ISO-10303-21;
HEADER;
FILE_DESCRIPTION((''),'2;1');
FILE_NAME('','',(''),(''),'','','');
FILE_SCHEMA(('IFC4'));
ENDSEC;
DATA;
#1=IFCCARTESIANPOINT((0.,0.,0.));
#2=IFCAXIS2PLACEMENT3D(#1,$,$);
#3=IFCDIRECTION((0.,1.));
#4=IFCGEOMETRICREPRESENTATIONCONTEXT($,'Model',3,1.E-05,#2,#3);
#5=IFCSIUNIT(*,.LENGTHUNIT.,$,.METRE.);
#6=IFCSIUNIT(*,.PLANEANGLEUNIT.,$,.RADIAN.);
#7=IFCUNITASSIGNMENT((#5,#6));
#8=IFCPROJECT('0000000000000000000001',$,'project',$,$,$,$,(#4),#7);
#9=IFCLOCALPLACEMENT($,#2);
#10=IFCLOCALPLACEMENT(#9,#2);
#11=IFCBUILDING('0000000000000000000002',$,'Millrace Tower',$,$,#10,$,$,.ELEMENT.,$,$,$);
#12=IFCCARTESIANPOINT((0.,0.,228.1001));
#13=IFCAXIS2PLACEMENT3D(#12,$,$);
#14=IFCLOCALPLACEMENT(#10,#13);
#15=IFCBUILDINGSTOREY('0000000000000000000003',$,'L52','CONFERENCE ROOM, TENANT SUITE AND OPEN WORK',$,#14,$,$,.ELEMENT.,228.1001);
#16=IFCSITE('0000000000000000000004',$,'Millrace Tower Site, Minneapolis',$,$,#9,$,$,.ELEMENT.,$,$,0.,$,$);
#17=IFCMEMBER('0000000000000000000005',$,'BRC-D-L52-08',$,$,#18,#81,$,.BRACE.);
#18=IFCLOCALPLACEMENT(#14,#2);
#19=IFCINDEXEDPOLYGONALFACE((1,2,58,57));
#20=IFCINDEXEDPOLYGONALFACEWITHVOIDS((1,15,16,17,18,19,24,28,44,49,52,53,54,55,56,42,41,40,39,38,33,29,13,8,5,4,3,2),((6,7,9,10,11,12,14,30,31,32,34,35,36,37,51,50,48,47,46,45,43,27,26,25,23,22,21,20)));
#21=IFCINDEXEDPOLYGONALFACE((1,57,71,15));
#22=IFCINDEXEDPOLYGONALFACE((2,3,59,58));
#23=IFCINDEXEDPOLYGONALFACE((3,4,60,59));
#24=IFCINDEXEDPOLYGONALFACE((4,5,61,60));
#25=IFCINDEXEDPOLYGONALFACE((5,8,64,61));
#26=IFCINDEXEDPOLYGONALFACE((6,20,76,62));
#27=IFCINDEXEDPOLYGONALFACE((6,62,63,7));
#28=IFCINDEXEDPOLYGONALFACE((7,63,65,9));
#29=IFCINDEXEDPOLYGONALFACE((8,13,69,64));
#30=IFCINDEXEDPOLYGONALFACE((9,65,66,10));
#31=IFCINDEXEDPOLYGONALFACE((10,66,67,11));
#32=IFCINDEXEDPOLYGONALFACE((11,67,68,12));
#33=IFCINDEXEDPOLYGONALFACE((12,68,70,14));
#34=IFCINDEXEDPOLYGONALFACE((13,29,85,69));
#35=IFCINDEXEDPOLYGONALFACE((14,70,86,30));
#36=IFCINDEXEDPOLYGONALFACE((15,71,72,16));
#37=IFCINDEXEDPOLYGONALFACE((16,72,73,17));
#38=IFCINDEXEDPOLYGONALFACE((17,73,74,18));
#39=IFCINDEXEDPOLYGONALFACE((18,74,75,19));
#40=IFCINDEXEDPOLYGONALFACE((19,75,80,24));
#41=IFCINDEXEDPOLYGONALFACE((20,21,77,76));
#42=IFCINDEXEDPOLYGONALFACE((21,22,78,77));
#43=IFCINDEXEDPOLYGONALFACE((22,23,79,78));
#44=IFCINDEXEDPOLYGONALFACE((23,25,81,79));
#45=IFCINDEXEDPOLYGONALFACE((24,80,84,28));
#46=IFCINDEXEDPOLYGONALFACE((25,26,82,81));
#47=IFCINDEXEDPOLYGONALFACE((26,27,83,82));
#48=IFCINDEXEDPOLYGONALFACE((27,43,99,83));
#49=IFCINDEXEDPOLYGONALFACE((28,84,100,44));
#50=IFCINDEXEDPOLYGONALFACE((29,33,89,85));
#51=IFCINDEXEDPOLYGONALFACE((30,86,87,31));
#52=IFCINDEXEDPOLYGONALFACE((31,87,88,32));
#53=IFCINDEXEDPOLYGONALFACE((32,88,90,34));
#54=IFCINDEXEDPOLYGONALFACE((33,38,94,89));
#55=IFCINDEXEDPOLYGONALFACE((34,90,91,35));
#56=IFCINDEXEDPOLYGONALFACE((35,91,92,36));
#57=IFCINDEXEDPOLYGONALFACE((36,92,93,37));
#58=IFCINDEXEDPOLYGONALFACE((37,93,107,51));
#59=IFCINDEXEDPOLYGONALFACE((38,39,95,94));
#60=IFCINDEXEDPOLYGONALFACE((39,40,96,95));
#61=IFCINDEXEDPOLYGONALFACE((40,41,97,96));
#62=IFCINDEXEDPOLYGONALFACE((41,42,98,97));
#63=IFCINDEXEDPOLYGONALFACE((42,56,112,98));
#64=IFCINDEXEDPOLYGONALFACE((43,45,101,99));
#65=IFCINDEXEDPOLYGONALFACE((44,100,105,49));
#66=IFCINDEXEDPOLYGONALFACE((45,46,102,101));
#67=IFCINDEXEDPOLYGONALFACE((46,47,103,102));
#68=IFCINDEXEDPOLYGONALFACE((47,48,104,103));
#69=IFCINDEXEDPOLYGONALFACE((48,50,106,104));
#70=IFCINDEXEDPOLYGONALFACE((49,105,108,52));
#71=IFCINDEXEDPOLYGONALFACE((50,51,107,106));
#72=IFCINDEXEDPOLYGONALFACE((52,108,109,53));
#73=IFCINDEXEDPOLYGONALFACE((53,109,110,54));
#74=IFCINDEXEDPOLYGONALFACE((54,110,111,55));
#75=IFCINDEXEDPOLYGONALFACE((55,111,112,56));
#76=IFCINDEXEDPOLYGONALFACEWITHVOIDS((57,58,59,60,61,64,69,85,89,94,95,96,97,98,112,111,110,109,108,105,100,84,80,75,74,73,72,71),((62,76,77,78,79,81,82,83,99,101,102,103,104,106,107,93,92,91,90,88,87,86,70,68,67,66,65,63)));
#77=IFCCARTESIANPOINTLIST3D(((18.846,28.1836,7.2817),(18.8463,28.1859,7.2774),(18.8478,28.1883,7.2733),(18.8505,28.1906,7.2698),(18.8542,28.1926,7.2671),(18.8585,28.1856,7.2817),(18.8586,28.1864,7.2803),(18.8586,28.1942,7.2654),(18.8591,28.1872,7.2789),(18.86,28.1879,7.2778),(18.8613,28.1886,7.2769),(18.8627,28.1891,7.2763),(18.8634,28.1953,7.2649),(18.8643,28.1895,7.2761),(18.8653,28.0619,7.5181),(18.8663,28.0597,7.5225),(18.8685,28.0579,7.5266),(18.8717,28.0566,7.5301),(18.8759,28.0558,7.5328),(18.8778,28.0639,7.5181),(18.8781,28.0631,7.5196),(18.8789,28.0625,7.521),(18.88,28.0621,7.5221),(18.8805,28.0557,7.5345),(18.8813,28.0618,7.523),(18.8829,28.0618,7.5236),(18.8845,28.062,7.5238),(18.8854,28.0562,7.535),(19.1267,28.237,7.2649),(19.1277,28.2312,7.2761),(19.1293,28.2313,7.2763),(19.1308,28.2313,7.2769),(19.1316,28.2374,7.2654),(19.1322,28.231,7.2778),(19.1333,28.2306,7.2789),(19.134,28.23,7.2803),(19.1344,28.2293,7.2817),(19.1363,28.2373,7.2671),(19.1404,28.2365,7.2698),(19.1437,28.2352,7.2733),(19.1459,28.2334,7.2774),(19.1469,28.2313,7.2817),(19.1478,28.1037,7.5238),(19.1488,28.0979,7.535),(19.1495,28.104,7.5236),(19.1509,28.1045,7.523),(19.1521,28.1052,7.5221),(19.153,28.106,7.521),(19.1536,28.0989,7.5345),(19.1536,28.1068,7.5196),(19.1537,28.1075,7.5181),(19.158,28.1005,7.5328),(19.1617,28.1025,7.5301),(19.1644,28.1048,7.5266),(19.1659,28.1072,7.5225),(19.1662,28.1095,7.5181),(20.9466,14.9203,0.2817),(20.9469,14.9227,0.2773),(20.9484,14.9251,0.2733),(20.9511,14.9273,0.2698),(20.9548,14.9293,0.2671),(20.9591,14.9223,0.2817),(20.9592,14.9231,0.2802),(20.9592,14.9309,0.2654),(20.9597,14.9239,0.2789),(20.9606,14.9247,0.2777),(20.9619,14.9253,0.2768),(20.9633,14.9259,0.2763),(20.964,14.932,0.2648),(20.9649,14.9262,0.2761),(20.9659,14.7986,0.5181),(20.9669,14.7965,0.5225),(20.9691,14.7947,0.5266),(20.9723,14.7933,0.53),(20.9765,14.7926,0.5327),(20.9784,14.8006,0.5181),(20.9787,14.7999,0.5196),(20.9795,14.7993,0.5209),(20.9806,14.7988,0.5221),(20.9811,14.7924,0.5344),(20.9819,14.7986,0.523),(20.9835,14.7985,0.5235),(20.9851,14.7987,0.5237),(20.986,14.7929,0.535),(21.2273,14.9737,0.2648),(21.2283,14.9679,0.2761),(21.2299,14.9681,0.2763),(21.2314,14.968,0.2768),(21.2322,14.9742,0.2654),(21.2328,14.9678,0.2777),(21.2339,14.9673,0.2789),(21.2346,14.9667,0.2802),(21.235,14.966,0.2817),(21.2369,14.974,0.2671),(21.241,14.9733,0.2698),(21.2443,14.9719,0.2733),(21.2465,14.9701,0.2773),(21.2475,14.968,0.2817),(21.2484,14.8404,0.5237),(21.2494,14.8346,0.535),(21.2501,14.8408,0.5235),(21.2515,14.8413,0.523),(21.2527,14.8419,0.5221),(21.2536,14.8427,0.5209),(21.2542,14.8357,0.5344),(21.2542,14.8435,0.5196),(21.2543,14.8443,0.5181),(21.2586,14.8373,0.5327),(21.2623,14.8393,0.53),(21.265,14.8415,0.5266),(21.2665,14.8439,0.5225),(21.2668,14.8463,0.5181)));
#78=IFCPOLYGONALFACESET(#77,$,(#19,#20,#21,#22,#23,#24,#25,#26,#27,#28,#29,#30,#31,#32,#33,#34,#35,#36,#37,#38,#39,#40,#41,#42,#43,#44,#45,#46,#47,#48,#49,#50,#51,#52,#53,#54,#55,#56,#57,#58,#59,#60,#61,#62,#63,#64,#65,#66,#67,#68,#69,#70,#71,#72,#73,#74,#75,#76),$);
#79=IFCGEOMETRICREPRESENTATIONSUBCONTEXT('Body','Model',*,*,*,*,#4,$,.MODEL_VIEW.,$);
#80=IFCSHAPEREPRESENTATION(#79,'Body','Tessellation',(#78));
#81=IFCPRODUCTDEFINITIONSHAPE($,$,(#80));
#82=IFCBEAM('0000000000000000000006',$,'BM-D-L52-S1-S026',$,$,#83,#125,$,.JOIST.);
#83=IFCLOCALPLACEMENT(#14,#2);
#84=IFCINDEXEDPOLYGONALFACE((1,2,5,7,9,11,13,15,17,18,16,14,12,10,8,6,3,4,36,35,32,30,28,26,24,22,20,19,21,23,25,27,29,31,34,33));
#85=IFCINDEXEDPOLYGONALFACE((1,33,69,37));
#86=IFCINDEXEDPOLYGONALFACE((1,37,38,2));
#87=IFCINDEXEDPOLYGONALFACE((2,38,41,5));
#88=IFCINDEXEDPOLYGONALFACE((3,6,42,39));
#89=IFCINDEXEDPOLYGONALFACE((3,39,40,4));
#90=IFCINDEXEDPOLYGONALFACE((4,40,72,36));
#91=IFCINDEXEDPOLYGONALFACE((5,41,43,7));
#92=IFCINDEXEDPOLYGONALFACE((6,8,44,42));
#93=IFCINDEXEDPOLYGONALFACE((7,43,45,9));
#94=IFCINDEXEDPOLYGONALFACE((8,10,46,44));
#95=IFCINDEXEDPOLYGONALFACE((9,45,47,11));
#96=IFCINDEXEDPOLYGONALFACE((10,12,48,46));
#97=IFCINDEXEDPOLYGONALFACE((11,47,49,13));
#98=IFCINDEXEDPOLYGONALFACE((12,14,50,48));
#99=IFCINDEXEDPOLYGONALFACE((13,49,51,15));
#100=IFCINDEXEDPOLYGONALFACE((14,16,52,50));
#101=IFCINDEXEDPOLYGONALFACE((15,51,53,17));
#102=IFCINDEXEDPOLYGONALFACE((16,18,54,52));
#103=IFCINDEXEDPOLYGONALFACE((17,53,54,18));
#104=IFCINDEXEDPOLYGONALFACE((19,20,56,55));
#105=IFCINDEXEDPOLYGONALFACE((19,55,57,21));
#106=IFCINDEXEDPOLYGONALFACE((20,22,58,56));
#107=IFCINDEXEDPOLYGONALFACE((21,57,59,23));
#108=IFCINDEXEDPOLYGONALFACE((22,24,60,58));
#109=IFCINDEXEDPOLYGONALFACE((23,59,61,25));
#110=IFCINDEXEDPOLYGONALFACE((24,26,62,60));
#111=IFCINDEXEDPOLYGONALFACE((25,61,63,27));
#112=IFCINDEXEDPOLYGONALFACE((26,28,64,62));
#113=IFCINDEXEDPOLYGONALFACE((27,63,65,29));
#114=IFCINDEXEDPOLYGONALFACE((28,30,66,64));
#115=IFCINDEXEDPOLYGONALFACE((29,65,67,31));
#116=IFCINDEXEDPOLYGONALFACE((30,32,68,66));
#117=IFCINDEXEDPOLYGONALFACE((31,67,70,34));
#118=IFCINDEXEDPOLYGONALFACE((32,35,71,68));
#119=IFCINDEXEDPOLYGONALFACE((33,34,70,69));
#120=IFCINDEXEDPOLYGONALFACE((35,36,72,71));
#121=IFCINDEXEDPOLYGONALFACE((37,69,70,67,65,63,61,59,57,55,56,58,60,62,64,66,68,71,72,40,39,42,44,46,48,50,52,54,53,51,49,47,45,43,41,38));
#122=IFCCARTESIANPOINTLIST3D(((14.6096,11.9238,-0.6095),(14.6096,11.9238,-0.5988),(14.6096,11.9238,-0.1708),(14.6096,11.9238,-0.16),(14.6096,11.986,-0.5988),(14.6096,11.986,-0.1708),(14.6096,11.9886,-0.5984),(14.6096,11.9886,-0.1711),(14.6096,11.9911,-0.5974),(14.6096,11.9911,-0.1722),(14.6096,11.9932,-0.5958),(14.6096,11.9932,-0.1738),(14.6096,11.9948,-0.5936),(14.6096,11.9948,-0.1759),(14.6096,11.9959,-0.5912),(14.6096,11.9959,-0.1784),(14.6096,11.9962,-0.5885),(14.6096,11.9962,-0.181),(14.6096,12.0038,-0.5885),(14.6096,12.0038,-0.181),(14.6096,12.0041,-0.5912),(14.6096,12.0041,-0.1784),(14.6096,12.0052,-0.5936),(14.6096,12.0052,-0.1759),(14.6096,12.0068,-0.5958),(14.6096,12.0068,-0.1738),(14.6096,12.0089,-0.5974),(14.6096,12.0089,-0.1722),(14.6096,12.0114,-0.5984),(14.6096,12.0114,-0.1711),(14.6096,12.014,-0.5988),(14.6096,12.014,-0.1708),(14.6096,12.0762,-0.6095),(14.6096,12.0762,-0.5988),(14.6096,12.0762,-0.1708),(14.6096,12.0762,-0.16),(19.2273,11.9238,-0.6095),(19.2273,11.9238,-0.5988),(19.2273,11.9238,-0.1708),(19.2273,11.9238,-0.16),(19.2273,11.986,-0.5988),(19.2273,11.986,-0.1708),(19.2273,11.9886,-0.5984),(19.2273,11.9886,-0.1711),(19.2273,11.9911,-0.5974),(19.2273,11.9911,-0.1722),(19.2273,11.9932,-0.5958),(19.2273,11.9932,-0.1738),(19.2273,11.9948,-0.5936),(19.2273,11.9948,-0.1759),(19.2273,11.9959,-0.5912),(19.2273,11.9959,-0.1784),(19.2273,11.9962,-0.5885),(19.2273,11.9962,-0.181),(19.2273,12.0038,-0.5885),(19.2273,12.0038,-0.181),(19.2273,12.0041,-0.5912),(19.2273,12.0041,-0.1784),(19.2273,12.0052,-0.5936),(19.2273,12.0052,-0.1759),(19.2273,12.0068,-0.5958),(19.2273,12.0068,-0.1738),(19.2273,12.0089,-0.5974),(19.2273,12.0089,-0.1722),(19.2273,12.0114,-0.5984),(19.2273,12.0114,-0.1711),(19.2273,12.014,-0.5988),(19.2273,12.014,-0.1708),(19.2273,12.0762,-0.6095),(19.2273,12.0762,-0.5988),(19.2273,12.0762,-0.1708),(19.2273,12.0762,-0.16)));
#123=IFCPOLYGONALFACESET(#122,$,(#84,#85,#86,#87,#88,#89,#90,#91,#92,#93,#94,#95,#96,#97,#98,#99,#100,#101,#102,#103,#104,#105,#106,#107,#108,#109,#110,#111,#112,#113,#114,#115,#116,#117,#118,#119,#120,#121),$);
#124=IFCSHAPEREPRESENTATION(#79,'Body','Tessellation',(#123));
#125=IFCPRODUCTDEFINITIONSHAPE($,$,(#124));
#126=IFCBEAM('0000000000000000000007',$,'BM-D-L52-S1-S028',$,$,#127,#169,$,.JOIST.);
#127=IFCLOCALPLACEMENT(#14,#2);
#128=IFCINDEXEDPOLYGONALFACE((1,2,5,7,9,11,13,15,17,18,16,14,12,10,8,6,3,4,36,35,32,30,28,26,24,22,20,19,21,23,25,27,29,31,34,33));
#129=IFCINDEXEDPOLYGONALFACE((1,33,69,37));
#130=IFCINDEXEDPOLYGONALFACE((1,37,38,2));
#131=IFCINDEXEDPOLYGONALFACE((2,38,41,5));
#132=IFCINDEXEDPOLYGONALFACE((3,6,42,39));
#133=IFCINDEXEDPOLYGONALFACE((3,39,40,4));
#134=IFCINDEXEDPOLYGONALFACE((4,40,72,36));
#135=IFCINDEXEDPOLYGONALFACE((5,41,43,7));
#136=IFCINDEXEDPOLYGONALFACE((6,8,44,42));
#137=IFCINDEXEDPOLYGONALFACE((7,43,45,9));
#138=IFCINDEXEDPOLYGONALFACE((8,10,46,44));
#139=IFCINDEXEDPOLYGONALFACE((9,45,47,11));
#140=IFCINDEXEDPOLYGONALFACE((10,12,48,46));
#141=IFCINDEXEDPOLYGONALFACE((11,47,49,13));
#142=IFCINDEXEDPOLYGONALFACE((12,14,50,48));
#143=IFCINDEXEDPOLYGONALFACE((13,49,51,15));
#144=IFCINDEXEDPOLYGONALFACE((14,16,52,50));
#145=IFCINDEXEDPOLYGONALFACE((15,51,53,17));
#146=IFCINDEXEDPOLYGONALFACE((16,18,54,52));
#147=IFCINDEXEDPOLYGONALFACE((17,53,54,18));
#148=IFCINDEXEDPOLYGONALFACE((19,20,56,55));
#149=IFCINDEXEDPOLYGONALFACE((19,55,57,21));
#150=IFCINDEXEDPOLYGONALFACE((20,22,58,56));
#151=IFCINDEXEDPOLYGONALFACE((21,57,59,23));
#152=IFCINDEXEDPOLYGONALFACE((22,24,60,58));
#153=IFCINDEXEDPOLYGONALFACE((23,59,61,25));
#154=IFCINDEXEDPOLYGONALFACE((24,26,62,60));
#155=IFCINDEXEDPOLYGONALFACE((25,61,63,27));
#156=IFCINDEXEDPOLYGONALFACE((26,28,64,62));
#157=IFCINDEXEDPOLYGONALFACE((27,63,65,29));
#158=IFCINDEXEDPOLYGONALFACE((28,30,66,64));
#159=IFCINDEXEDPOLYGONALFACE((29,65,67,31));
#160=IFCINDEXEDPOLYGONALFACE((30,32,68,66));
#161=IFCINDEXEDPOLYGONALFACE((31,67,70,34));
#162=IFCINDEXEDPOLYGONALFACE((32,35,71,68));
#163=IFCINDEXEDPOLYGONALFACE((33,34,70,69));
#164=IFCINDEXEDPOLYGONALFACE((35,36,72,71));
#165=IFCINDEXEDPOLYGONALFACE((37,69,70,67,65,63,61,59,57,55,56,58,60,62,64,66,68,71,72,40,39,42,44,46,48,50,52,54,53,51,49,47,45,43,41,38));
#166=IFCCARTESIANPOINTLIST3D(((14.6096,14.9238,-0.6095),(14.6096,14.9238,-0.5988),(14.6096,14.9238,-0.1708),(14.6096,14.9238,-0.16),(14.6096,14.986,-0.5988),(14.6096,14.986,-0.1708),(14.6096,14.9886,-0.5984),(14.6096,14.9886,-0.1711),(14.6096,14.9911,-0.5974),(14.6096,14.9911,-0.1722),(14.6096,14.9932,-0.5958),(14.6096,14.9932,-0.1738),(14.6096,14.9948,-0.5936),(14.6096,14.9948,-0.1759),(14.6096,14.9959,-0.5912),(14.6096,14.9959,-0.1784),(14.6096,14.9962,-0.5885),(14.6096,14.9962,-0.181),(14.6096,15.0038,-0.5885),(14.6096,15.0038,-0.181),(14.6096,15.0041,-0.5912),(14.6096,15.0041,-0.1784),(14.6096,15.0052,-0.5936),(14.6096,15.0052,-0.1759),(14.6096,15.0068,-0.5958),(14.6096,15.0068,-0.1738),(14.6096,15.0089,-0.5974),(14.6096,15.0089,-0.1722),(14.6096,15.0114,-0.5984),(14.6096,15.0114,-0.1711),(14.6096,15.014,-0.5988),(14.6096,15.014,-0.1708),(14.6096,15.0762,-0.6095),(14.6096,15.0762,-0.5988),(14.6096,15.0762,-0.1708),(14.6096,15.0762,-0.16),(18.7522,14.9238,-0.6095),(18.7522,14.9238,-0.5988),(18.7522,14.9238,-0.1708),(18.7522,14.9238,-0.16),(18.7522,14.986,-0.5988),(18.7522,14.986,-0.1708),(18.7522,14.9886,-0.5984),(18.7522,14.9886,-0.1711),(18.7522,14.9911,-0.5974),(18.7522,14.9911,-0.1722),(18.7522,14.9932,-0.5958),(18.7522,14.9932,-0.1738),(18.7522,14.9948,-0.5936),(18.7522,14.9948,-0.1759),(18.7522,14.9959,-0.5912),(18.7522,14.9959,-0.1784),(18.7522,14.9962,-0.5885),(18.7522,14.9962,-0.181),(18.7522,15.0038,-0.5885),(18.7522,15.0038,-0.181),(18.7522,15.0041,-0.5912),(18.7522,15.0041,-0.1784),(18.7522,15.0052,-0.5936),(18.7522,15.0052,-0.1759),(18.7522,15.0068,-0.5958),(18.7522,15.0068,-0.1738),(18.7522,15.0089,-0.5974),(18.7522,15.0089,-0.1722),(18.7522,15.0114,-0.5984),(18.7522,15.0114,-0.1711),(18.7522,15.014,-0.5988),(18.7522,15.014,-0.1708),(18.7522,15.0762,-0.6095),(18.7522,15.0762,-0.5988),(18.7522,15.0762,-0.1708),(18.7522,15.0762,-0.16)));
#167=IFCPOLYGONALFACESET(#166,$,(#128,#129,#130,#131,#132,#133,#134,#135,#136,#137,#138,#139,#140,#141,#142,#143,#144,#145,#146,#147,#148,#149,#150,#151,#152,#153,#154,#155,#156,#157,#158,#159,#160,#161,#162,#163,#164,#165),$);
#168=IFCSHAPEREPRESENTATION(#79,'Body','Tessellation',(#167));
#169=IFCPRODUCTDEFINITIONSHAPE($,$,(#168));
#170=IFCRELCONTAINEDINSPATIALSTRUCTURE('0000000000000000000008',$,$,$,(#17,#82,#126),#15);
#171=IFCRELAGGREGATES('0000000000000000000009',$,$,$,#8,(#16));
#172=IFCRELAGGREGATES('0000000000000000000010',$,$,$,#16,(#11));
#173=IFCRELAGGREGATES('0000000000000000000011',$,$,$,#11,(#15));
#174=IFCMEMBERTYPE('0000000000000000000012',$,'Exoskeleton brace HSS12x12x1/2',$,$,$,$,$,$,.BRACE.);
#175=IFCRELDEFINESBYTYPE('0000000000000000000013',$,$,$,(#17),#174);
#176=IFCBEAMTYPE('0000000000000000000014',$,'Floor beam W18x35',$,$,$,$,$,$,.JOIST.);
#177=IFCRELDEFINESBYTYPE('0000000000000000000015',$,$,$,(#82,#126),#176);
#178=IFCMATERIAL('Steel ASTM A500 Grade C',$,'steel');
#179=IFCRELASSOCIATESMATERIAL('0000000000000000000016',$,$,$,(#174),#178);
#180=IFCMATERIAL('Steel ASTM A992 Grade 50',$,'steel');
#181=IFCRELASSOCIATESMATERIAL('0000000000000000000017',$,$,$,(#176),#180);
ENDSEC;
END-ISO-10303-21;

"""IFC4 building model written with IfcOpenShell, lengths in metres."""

from ifc_helpers import new_model, si_unit, direction, frame, origin, origin_2d, place, context, subcontext, project, spatial, hollow_rectangle, i_section, extrude, material, material_profile, profile_set, type_object, element, save


model = new_model("IFC4")

# Units and contexts
model_context = context("Model", 3, precision=1e-05, world=origin(), true_north=direction((0.0, 1.0)))
body_context = subcontext(model_context, "Body", "Model", "MODEL_VIEW")
ifc_project = project(units=[si_unit("LENGTHUNIT", "METRE"), si_unit("PLANEANGLEUNIT", "RADIAN")], contexts=[model_context])

# Site, building, storey
site_placement = place(None, origin())
site = spatial("IfcSite", under=ifc_project, at=site_placement, Name="Millrace Tower Site, Minneapolis", CompositionType="ELEMENT", RefElevation=0.0)
building_placement = place(site_placement, origin())
building = spatial("IfcBuilding", under=site, at=building_placement, Name="Millrace Tower", CompositionType="ELEMENT")
storey_placement = place(building_placement, frame((0.0, 0.0, 228.1001)))
storey = spatial("IfcBuildingStorey", under=building, at=storey_placement, Name="L52", Description="CONFERENCE ROOM, TENANT SUITE AND OPEN WORK", CompositionType="ELEMENT", Elevation=228.1001)

# Member
ifc_material_1 = material(Name="Steel ASTM A500 Grade C", Category="steel")
ifc_material_profile_1 = material_profile(ifc_material_1, hollow_rectangle(XDim=0.3047, YDim=0.3047, WallThickness=0.0127, InnerFilletRadius=0.0063, OuterFilletRadius=0.019, at=origin_2d()))
ifc_profile_set_1 = profile_set([ifc_material_profile_1], Name="Steel ASTM A500 Grade C")
member_type_1 = type_object("IfcMemberType", Name="Exoskeleton brace HSS12x12x1/2", PredefinedType="BRACE", material=ifc_profile_set_1)
member_1_placement = place(storey_placement, frame((21.1067, 14.8833, 0.3999), z_axis=(-0.138712, 0.875836, 0.462246), x_axis=(-0.987689, -0.156427, 0.0)))
element("IfcMember", 1, at=member_1_placement, inside=storey, type_object=member_type_1, Name="BRC-D-L52-08", PredefinedType="BRACE", context=body_context, shape_type="SweptSolid", body=[
    extrude(hollow_rectangle(XDim=0.3047, YDim=0.3047, WallThickness=0.0127, InnerFilletRadius=0.0063, OuterFilletRadius=0.019, at=origin_2d()), origin(), (0.0, 0.0, 1.0), 15.1436),
])

# Beams
ifc_material_2 = material(Name="Steel ASTM A992 Grade 50", Category="steel")
ifc_material_profile_2 = material_profile(ifc_material_2, i_section(OverallWidth=0.1523, OverallDepth=0.4495, WebThickness=0.0076, FlangeThickness=0.0107, FilletRadius=0.0103, at=origin_2d()))
ifc_profile_set_2 = profile_set([ifc_material_profile_2], Name="Steel ASTM A992 Grade 50")
beam_type_1 = type_object("IfcBeamType", Name="Floor beam W18x35", PredefinedType="JOIST", material=ifc_profile_set_2)
beam_1_placement = place(storey_placement, frame((14.6096, 12.0, -0.3848), z_axis=(1.0, 0.0, 0.0), x_axis=(0.0, 1.0, 0.0)))
element("IfcBeam", 2, at=beam_1_placement, inside=storey, type_object=beam_type_1, Name="BM-D-L52-S1-S026", PredefinedType="JOIST", context=body_context, shape_type="SweptSolid", body=[
    extrude(i_section(OverallWidth=0.1523, OverallDepth=0.4495, WebThickness=0.0076, FlangeThickness=0.0107, FilletRadius=0.0103, at=origin_2d()), origin(), (0.0, 0.0, 1.0), 4.6177),
])
beam_2_placement = place(storey_placement, frame((14.6096, 15.0, -0.3848), z_axis=(1.0, 0.0, 0.0), x_axis=(0.0, 1.0, 0.0)))
element("IfcBeam", 3, at=beam_2_placement, inside=storey, type_object=beam_type_1, Name="BM-D-L52-S1-S028", PredefinedType="JOIST", context=body_context, shape_type="SweptSolid", body=[
    extrude(i_section(OverallWidth=0.1523, OverallDepth=0.4495, WebThickness=0.0076, FlangeThickness=0.0107, FilletRadius=0.0103, at=origin_2d()), origin(), (0.0, 0.0, 1.0), 4.1426),
])

save(model, "model.ifc")
